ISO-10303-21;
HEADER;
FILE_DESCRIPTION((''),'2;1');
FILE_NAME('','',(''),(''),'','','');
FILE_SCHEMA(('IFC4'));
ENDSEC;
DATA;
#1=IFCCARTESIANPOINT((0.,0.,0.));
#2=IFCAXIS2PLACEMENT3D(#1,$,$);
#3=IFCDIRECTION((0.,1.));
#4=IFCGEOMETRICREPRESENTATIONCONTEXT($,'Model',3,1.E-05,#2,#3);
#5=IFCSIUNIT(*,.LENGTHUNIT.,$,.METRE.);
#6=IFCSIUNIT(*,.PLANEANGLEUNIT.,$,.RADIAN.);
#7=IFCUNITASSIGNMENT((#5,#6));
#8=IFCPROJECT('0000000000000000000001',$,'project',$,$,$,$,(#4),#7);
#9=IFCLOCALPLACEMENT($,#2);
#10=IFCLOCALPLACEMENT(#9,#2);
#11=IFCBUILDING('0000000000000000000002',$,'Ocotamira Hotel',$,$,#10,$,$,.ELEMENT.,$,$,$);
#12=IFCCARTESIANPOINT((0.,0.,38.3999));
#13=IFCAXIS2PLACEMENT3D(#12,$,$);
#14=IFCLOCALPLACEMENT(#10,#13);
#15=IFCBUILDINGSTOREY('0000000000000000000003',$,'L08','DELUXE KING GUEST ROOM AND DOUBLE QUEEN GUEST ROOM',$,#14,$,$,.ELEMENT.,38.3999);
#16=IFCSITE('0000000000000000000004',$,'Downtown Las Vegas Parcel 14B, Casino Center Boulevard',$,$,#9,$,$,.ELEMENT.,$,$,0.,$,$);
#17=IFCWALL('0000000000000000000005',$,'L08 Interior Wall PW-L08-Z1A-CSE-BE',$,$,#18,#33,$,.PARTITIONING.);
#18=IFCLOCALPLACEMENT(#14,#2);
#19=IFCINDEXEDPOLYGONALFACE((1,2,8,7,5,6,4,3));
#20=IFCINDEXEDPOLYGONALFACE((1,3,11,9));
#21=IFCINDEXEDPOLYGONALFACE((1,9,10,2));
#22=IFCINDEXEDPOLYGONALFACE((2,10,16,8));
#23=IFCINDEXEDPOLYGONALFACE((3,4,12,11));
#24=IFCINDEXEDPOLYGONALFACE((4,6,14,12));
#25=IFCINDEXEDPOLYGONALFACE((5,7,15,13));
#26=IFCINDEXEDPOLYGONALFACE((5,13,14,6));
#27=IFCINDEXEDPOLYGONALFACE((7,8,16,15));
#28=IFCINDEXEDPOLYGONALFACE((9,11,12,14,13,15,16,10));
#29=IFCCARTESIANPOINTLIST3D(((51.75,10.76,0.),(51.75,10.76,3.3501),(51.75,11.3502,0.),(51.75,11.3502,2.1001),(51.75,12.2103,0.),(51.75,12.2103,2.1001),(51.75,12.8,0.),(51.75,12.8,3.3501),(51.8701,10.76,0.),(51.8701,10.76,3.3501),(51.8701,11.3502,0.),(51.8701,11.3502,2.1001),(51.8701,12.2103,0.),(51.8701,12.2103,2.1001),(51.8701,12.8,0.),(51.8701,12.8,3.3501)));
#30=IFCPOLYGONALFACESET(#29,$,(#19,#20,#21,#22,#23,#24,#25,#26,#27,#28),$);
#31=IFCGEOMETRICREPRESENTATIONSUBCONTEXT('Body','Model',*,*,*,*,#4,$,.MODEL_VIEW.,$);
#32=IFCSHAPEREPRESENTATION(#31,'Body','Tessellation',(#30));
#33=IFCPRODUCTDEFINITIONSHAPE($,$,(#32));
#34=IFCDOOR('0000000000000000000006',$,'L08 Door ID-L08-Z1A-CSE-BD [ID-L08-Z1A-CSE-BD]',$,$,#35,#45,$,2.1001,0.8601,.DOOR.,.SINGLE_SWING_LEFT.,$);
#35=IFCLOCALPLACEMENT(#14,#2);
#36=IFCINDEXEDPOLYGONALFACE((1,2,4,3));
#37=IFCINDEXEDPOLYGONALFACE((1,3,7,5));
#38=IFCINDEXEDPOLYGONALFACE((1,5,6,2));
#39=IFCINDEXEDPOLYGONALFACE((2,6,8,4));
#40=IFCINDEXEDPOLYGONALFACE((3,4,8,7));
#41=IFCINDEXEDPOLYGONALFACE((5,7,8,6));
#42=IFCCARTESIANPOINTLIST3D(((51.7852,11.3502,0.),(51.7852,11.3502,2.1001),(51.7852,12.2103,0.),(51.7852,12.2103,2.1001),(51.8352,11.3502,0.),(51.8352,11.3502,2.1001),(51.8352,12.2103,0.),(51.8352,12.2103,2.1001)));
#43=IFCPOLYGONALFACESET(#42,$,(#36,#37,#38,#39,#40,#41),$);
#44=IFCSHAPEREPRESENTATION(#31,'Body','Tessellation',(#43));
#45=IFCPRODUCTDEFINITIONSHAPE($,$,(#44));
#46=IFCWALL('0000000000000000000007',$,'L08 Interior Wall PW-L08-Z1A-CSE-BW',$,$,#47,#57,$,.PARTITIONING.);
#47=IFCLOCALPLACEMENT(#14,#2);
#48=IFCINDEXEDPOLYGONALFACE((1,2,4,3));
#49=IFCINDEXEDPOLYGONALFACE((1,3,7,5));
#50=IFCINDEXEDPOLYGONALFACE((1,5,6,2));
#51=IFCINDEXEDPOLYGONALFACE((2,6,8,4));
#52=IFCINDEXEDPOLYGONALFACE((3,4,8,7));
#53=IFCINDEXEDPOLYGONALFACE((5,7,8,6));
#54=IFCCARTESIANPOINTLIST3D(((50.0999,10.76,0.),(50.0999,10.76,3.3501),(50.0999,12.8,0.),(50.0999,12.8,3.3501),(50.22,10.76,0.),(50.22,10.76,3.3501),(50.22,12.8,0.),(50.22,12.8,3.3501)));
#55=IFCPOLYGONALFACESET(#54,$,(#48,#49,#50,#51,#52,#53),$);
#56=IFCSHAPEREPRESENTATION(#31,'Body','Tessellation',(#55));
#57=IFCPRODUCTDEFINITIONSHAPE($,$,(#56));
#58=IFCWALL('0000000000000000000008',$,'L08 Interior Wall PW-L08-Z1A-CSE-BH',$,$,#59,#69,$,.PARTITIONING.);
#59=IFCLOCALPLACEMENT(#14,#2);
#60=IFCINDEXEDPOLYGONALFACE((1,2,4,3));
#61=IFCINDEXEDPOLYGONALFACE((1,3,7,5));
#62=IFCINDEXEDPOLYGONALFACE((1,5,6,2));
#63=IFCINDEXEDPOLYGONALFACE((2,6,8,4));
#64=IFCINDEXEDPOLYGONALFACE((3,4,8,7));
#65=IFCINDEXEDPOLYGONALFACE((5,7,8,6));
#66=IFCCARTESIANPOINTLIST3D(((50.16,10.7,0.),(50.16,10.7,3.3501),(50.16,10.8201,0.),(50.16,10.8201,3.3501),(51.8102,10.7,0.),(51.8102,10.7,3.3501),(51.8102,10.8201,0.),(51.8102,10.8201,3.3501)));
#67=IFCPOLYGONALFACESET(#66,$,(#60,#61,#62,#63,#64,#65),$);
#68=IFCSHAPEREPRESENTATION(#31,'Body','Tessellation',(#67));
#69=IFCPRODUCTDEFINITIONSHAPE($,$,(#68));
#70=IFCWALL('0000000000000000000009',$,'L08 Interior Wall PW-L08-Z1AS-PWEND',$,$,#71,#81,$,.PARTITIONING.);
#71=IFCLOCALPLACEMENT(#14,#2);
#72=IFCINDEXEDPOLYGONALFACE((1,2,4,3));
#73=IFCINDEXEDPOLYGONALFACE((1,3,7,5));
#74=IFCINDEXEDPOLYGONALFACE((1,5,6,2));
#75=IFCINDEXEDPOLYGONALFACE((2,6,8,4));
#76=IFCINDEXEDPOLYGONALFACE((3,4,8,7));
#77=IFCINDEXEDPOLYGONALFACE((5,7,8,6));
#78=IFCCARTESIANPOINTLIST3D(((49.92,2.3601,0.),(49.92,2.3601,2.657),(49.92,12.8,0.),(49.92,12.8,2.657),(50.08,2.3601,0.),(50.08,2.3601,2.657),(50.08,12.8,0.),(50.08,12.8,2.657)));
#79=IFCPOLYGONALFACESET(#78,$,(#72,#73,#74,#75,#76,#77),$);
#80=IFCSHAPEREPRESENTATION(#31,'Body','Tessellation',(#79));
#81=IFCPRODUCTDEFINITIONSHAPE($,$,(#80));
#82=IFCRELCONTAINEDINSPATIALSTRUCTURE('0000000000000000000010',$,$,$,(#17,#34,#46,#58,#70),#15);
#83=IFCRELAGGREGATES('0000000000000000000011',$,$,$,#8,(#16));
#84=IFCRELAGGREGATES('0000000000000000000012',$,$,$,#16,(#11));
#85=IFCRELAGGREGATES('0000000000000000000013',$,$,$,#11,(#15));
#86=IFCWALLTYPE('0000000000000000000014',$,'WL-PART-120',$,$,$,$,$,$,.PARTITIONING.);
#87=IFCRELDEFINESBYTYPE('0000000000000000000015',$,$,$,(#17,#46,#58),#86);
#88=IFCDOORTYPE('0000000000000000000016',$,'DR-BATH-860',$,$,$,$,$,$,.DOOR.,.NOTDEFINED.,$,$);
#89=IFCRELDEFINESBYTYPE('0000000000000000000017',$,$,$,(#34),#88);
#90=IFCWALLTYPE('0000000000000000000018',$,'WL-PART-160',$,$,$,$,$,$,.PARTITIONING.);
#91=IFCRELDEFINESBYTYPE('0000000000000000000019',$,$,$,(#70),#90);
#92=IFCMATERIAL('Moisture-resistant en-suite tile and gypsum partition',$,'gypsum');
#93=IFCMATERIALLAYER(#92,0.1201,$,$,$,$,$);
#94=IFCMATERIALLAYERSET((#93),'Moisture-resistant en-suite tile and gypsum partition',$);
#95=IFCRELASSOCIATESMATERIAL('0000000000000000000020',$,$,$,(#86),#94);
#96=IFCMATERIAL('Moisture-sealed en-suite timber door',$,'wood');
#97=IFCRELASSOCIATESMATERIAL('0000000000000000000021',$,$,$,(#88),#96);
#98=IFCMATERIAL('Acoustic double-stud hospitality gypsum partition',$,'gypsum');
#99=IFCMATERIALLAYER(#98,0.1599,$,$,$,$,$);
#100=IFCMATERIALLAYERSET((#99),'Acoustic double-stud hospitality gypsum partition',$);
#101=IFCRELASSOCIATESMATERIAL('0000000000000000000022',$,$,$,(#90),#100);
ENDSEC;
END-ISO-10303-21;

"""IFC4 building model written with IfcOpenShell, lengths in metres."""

from ifc_helpers import new_model, si_unit, direction, frame, frame_2d, origin, place, context, subcontext, project, spatial, rectangle, extrude, source, transform, mapped, material, layer, layer_set, type_object, element, fill, save


model = new_model("IFC4")

# Units and contexts
model_context = context("Model", 3, precision=1e-05, world=origin(), true_north=direction((0.0, 1.0)))
body_context = subcontext(model_context, "Body", "Model", "MODEL_VIEW")
ifc_project = project(units=[si_unit("LENGTHUNIT", "METRE"), si_unit("PLANEANGLEUNIT", "RADIAN")], contexts=[model_context])

# Site, building, storey
site_placement = place(None, origin())
site = spatial("IfcSite", under=ifc_project, at=site_placement, Name="Downtown Las Vegas Parcel 14B, Casino Center Boulevard", CompositionType="ELEMENT", RefElevation=0.0)
building_placement = place(site_placement, origin())
building = spatial("IfcBuilding", under=site, at=building_placement, Name="Ocotamira Hotel", CompositionType="ELEMENT")
storey_placement = place(building_placement, frame((0.0, 0.0, 38.3999)))
storey = spatial("IfcBuildingStorey", under=building, at=storey_placement, Name="L08", Description="DELUXE KING GUEST ROOM AND DOUBLE QUEEN GUEST ROOM", CompositionType="ELEMENT", Elevation=38.3999)

# Wall, opening, door
ifc_material_1 = material(Name="Moisture-resistant en-suite tile and gypsum partition", Category="gypsum")
ifc_layer_1 = layer(ifc_material_1, 0.1201)
ifc_layer_set_1 = layer_set([ifc_layer_1], Name="Moisture-resistant en-suite tile and gypsum partition")
wall_type_1 = type_object("IfcWallType", Name="WL-PART-120", PredefinedType="PARTITIONING", material=ifc_layer_set_1)
wall_1_placement = place(storey_placement, frame((51.8101, 10.76, 0.0), z_axis=(0.0, 0.0, 1.0), x_axis=(0.0, 1.0, 0.0)))
wall_1 = element("IfcWall", 1, at=wall_1_placement, inside=storey, type_object=wall_type_1, Name="L08 Interior Wall PW-L08-Z1A-CSE-BE", PredefinedType="PARTITIONING", context=body_context, shape_type="SweptSolid", body=[
    extrude(rectangle(XDim=2.04, YDim=0.1201, at=frame_2d((1.02, 0.0))), origin(), (0.0, 0.0, 1.0), 3.3501),
])
opening_1_placement = place(wall_1_placement, frame((0.5901, 0.0, 0.0)))
opening_1 = element("IfcOpeningElement", 2, at=opening_1_placement, cuts=wall_1, PredefinedType="OPENING", context=body_context, shape_type="SweptSolid", body=[
    extrude(rectangle(XDim=0.8601, YDim=2.1001, at=frame_2d((0.4302, 1.05))), frame((0.0, 0.0701, 0.0), z_axis=(0.0, -1.0, 0.0), x_axis=(1.0, 0.0, 0.0)), (0.0, 0.0, 1.0), 0.1401),
])
ifc_material_2 = material(Name="Moisture-sealed en-suite timber door", Category="wood")
door_type_1 = type_object("IfcDoorType", Name="DR-BATH-860", OperationType="NOTDEFINED", PredefinedType="DOOR", material=ifc_material_2)
shared_shape_1 = source(origin(), body_context, "Body", "SweptSolid", [
    extrude(rectangle(XDim=0.8601, YDim=2.1001, at=frame_2d((0.4302, 1.05))), frame((0.0, 0.0249, 0.0), z_axis=(0.0, -1.0, 0.0), x_axis=(1.0, 0.0, 0.0)), (0.0, 0.0, 1.0), 0.05),
])
door_1_placement = place(opening_1_placement, origin())
door_1 = element("IfcDoor", 3, at=door_1_placement, inside=storey, type_object=door_type_1, Name="L08 Door ID-L08-Z1A-CSE-BD [ID-L08-Z1A-CSE-BD]", OperationType="SINGLE_SWING_LEFT", OverallHeight=2.1001, OverallWidth=0.8601, PredefinedType="DOOR", context=body_context, shape_type="MappedRepresentation", body=[
    mapped(shared_shape_1, transform((0.0, 0.0, 0.0), scale=1.0)),
])
fill(opening_1, door_1)

# Walls
wall_2_placement = place(storey_placement, frame((50.1599, 10.76, 0.0), z_axis=(0.0, 0.0, 1.0), x_axis=(0.0, 1.0, 0.0)))
element("IfcWall", 4, at=wall_2_placement, inside=storey, type_object=wall_type_1, Name="L08 Interior Wall PW-L08-Z1A-CSE-BW", PredefinedType="PARTITIONING", context=body_context, shape_type="SweptSolid", body=[
    extrude(rectangle(XDim=2.04, YDim=0.1201, at=frame_2d((1.02, 0.0))), origin(), (0.0, 0.0, 1.0), 3.3501),
])
wall_3_placement = place(storey_placement, frame((50.1599, 10.76, 0.0), z_axis=(0.0, 0.0, 1.0), x_axis=(1.0, 0.0, 0.0)))
element("IfcWall", 5, at=wall_3_placement, inside=storey, type_object=wall_type_1, Name="L08 Interior Wall PW-L08-Z1A-CSE-BH", PredefinedType="PARTITIONING", context=body_context, shape_type="SweptSolid", body=[
    extrude(rectangle(XDim=1.6501, YDim=0.1201, at=frame_2d((0.8252, 0.0))), origin(), (0.0, 0.0, 1.0), 3.3501),
])
ifc_material_3 = material(Name="Acoustic double-stud hospitality gypsum partition", Category="gypsum")
ifc_layer_2 = layer(ifc_material_3, 0.1599)
ifc_layer_set_2 = layer_set([ifc_layer_2], Name="Acoustic double-stud hospitality gypsum partition")
wall_type_2 = type_object("IfcWallType", Name="WL-PART-160", PredefinedType="PARTITIONING", material=ifc_layer_set_2)
wall_4_placement = place(storey_placement, frame((50.0, 2.3601, 0.0), z_axis=(0.0, 0.0, 1.0), x_axis=(0.0, 1.0, 0.0)))
element("IfcWall", 6, at=wall_4_placement, inside=storey, type_object=wall_type_2, Name="L08 Interior Wall PW-L08-Z1AS-PWEND", PredefinedType="PARTITIONING", context=body_context, shape_type="SweptSolid", body=[
    extrude(rectangle(XDim=10.4399, YDim=0.1599, at=frame_2d((5.22, 0.0))), origin(), (0.0, 0.0, 1.0), 2.657),
])

save(model, "model.ifc")
